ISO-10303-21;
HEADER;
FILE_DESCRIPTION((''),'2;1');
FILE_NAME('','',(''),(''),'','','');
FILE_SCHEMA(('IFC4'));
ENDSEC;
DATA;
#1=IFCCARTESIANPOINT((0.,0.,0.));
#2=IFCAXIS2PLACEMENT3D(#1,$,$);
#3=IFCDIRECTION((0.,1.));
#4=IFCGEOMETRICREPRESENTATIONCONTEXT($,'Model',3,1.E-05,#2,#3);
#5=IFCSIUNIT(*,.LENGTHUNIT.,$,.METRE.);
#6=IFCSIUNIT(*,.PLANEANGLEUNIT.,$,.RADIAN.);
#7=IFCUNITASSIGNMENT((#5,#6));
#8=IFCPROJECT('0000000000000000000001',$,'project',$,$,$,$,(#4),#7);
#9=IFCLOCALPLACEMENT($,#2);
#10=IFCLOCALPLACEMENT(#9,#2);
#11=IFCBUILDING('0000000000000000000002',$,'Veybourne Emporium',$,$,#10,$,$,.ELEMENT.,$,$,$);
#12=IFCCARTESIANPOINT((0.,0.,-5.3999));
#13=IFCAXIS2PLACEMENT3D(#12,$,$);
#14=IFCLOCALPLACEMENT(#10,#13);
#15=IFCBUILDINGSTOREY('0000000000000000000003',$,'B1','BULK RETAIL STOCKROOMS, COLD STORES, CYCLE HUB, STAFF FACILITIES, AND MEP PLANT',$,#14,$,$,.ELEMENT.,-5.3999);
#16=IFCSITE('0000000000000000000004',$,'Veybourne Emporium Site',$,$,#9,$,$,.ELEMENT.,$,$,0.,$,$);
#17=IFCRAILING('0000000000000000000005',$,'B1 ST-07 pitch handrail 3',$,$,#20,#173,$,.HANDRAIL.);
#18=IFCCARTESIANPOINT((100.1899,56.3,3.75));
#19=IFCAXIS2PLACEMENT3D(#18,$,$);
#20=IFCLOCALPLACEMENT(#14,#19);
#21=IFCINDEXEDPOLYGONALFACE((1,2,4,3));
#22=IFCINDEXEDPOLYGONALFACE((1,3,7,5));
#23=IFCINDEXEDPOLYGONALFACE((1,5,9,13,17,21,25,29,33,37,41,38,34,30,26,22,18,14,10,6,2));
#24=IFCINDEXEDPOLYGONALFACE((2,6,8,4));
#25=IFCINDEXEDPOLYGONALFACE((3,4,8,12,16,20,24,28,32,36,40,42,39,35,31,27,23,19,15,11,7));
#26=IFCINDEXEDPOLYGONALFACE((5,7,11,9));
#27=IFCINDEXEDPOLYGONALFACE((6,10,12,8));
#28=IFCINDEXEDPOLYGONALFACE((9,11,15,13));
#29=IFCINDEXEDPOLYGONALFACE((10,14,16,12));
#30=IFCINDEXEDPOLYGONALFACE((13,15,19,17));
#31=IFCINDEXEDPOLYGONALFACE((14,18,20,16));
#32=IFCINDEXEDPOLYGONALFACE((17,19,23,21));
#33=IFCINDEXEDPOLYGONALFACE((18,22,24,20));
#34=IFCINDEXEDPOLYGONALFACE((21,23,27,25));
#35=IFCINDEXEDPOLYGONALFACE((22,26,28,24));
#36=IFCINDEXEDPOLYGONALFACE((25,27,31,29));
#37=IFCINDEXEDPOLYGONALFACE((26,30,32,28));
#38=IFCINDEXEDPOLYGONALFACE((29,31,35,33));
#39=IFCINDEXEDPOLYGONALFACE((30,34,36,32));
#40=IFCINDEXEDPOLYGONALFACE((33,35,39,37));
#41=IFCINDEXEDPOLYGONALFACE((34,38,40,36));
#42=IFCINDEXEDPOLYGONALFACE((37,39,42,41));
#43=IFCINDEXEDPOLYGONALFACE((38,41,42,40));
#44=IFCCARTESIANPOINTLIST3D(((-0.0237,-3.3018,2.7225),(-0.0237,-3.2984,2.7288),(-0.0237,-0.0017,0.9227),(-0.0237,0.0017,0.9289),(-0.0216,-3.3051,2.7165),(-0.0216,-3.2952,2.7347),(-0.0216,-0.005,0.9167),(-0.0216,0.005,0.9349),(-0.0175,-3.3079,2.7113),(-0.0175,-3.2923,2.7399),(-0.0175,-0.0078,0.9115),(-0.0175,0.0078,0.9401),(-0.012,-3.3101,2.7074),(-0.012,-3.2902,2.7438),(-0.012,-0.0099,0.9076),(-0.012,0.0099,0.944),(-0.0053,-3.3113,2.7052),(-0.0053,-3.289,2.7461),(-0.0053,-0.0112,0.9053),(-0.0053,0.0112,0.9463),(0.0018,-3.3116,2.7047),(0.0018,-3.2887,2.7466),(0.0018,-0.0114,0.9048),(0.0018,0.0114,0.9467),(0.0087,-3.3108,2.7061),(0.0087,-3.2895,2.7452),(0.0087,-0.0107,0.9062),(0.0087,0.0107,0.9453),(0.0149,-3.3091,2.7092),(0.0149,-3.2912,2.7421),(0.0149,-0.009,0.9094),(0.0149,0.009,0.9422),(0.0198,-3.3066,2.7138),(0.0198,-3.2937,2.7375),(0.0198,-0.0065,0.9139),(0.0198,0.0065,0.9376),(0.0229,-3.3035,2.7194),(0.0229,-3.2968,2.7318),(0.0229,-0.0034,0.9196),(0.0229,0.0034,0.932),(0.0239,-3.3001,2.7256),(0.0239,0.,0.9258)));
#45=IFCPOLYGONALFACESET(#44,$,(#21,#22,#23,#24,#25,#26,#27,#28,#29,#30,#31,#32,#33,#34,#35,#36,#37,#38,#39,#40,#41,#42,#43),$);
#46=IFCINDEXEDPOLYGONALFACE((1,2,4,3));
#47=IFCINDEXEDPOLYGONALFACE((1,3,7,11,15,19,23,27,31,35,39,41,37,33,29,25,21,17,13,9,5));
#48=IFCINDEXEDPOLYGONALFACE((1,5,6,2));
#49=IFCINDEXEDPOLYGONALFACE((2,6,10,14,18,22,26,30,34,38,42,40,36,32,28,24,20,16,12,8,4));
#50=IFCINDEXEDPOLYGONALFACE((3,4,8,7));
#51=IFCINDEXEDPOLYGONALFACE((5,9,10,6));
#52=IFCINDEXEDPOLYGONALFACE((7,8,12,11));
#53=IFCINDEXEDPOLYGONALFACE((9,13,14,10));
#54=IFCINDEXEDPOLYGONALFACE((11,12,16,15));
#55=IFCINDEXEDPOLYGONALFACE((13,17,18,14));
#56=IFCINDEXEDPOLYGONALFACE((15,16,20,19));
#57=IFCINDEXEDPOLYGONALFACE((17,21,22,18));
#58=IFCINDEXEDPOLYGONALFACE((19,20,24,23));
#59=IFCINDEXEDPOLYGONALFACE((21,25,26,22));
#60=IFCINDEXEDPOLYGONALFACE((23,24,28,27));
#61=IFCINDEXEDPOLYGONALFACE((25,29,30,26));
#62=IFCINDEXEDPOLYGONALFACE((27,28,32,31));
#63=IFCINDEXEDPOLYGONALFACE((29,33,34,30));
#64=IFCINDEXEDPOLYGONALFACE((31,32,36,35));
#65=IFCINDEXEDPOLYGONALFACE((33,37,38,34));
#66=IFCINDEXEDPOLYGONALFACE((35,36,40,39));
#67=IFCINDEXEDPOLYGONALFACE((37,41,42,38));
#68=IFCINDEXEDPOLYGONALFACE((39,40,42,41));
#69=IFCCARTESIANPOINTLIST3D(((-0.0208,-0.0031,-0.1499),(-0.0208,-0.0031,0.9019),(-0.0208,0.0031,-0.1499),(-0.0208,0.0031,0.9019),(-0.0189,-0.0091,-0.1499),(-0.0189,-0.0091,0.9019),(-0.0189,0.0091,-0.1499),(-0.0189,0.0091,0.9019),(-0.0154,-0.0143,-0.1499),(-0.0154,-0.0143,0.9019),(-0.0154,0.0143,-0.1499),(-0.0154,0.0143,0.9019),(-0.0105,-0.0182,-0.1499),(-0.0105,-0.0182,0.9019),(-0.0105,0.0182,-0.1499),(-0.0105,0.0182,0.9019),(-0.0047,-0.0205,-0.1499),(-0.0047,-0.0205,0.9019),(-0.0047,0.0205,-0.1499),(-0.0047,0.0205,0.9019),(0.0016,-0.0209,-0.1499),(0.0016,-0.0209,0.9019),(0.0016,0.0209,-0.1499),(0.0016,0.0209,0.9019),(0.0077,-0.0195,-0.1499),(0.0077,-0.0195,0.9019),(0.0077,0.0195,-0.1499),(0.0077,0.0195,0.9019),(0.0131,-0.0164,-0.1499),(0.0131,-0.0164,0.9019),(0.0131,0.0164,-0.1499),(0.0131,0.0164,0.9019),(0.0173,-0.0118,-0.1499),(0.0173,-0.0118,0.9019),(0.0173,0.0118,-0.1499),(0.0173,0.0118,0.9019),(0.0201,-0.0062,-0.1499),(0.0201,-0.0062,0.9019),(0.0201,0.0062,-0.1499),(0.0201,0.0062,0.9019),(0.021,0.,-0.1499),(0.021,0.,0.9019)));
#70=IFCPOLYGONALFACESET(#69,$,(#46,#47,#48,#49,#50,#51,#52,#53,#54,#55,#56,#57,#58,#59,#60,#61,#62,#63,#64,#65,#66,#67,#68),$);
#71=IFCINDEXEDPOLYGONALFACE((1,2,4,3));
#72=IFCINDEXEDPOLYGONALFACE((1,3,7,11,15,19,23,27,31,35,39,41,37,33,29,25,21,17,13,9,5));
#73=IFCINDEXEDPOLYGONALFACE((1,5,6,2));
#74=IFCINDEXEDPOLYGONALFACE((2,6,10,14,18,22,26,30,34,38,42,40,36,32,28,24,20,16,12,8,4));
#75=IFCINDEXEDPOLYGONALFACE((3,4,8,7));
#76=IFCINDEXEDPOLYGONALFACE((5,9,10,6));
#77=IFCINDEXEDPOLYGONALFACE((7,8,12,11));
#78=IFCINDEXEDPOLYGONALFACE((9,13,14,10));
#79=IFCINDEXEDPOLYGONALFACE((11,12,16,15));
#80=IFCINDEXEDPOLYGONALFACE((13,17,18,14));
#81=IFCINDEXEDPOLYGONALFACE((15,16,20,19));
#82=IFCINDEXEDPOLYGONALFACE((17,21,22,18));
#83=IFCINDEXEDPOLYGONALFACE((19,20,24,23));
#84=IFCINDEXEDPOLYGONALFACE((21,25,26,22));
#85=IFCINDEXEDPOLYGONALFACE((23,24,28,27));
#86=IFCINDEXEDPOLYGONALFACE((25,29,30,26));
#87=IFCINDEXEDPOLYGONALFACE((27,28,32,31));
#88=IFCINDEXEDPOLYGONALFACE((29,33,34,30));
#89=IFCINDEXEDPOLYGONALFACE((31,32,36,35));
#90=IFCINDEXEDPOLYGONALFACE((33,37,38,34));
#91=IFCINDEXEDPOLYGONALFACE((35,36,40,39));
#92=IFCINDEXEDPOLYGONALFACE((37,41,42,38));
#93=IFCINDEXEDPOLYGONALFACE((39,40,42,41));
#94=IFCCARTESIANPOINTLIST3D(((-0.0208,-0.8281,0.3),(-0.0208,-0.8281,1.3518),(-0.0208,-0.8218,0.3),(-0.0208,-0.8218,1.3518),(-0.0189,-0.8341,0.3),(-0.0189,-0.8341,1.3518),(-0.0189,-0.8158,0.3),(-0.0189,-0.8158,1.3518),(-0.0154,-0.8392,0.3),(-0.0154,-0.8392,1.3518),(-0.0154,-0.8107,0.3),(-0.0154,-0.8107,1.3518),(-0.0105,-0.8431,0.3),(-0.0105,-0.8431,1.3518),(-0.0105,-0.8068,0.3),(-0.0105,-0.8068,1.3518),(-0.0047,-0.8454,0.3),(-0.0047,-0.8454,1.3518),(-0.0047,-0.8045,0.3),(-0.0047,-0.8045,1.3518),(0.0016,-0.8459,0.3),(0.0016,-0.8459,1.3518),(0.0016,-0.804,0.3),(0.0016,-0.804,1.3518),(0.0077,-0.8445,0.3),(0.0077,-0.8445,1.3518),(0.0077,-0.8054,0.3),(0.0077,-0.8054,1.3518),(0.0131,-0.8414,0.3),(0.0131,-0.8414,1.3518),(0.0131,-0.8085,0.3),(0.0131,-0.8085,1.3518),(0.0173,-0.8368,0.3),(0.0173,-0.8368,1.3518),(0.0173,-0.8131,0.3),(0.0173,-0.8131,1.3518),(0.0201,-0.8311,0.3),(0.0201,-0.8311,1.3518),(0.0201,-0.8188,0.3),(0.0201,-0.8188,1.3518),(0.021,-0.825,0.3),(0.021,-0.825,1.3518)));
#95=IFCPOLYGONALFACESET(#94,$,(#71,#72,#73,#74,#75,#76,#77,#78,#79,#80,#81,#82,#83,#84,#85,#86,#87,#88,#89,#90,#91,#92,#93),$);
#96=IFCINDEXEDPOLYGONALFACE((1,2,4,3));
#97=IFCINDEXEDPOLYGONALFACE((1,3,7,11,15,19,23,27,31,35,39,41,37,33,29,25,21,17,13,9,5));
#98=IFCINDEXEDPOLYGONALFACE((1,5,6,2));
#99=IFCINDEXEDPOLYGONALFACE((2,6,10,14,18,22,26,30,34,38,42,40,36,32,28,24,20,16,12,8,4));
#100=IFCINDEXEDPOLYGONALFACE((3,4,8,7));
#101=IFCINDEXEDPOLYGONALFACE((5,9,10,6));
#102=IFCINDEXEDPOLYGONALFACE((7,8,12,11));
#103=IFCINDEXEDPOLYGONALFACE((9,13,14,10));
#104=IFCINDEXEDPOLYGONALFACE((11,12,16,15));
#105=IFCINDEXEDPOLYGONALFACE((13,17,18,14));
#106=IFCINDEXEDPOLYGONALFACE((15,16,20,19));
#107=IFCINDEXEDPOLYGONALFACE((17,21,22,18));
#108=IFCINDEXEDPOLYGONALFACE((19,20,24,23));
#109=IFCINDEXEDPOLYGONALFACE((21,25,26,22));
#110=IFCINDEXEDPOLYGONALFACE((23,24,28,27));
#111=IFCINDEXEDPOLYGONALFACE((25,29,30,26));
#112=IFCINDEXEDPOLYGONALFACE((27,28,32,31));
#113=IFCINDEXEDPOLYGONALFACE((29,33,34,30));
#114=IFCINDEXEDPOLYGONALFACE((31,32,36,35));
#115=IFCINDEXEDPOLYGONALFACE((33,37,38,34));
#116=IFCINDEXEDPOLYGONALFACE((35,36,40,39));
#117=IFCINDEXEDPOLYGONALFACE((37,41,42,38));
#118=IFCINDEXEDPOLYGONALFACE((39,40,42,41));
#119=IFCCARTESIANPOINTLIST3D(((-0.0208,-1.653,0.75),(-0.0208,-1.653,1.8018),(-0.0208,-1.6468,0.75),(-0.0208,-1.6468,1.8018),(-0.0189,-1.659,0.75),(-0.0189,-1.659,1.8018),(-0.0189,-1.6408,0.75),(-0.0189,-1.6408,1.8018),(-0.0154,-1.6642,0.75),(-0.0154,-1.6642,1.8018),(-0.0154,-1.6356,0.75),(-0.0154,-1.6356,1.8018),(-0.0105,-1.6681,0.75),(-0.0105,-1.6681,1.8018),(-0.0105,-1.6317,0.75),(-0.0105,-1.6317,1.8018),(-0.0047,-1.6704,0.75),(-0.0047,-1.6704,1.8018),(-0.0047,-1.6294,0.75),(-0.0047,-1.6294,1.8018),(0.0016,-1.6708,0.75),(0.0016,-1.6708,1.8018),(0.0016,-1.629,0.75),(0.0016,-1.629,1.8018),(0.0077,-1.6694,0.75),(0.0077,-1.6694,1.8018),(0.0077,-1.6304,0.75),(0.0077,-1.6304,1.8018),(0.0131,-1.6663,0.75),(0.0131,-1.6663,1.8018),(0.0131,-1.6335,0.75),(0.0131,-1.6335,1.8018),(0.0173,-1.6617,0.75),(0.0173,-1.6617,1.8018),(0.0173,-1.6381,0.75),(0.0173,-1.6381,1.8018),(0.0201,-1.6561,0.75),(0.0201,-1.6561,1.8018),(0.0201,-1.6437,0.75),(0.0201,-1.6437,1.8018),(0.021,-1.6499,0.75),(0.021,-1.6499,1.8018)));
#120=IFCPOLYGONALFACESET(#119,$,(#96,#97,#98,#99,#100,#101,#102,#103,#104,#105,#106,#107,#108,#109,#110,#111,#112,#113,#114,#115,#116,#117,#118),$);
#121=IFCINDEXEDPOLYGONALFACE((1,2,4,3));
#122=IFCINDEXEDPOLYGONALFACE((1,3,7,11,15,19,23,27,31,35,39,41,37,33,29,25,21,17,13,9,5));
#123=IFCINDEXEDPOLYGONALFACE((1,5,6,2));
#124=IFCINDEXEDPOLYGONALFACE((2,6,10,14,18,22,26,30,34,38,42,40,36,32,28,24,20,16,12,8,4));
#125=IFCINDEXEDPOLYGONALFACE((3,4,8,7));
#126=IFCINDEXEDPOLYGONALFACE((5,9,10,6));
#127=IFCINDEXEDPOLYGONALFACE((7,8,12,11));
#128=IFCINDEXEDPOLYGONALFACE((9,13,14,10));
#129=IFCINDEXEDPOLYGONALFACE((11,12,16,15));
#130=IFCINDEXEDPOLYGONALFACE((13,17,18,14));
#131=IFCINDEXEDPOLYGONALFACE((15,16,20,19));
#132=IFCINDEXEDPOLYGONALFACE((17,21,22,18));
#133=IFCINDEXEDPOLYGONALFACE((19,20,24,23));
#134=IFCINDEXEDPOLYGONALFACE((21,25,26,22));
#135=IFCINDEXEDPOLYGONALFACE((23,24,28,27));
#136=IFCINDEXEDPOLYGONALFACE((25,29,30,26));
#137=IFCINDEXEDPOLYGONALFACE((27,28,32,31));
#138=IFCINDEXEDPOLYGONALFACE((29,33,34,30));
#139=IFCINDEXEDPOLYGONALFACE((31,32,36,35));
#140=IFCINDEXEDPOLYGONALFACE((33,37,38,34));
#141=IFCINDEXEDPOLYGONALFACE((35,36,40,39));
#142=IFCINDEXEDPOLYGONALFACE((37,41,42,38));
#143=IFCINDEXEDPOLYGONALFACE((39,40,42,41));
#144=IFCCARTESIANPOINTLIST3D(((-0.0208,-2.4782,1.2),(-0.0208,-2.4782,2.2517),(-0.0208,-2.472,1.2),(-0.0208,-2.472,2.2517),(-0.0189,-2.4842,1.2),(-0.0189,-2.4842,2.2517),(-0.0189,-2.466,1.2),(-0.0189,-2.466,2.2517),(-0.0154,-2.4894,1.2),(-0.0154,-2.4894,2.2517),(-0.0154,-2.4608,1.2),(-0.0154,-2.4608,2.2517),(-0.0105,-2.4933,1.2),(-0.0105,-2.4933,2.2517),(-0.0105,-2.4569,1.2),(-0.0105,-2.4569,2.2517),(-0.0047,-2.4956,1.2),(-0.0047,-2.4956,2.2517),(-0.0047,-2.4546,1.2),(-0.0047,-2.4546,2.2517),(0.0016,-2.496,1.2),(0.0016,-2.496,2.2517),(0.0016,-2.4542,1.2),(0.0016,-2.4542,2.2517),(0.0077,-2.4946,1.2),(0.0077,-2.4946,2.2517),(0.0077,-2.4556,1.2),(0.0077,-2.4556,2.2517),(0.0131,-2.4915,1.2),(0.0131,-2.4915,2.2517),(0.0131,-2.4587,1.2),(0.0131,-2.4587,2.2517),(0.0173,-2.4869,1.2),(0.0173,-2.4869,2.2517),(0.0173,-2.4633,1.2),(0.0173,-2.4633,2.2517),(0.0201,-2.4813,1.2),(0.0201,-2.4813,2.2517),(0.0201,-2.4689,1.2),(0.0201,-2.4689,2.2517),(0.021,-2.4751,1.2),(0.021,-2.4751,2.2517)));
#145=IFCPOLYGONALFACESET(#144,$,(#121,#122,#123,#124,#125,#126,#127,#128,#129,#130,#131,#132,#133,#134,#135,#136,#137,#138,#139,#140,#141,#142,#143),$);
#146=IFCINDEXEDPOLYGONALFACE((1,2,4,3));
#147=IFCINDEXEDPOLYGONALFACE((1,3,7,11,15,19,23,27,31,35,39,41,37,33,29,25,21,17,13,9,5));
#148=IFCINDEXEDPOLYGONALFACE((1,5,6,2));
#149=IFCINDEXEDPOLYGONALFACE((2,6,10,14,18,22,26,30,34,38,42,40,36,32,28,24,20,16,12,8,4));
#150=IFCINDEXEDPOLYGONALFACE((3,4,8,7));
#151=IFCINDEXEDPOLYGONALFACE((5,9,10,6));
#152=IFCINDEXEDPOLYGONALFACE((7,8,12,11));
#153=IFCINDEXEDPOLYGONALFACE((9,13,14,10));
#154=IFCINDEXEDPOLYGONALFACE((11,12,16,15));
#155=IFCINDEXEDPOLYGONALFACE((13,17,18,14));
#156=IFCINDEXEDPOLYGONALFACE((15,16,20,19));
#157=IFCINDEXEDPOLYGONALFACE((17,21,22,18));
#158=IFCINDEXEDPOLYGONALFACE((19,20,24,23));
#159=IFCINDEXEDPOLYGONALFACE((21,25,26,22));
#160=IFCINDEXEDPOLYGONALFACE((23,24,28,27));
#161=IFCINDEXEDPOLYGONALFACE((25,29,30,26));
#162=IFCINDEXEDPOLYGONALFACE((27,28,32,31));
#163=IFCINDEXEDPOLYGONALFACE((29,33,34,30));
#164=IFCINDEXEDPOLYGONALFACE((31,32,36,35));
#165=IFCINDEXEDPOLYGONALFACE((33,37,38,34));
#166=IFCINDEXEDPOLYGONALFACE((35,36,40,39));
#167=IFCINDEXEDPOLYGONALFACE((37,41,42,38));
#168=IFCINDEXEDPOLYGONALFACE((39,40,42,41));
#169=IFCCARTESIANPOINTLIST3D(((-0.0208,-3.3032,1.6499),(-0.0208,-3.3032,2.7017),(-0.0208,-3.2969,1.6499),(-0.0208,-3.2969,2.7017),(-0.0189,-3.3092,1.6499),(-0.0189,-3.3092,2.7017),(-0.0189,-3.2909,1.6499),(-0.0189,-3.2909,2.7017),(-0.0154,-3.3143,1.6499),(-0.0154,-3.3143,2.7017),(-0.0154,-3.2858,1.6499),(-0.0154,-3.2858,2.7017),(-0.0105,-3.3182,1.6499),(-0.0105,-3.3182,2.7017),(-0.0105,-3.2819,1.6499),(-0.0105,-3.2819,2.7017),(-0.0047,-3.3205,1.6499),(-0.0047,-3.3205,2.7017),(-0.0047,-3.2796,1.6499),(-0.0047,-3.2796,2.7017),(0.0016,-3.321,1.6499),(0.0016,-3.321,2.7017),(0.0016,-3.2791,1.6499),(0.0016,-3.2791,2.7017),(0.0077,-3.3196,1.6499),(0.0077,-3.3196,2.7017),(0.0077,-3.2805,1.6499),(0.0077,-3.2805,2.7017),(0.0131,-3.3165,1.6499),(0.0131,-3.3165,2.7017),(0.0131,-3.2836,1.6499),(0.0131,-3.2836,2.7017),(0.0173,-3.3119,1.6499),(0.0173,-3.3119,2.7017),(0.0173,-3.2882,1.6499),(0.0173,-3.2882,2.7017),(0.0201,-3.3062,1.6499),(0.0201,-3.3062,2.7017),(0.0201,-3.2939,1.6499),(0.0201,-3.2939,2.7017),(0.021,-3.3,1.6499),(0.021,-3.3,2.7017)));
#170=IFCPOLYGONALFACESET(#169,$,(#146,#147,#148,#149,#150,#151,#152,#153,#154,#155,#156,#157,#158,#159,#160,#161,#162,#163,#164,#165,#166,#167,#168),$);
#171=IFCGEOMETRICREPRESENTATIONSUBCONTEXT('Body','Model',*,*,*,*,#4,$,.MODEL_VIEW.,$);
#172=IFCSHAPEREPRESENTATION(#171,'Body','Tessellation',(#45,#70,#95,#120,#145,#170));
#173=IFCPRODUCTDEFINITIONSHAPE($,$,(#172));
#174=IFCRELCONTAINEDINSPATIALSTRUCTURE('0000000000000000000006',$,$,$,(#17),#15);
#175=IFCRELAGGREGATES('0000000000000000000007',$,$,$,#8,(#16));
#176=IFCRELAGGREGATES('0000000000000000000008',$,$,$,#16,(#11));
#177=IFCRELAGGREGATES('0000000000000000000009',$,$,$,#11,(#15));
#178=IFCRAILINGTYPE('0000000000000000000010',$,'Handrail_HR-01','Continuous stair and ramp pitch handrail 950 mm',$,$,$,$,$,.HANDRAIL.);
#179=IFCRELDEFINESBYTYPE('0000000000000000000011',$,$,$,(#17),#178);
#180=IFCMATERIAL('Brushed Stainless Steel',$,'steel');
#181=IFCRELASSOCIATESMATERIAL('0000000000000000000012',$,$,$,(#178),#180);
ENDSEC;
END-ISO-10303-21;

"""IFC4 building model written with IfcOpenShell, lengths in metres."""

from ifc_helpers import new_model, si_unit, direction, frame, origin, origin_2d, place, context, subcontext, project, spatial, circle, extrude, material, type_object, element, save


model = new_model("IFC4")

# Units and contexts
model_context = context("Model", 3, precision=1e-05, world=origin(), true_north=direction((0.0, 1.0)))
body_context = subcontext(model_context, "Body", "Model", "MODEL_VIEW")
ifc_project = project(units=[si_unit("LENGTHUNIT", "METRE"), si_unit("PLANEANGLEUNIT", "RADIAN")], contexts=[model_context])

# Site, building, storey
site_placement = place(None, origin())
site = spatial("IfcSite", under=ifc_project, at=site_placement, Name="Veybourne Emporium Site", CompositionType="ELEMENT", RefElevation=0.0)
building_placement = place(site_placement, origin())
building = spatial("IfcBuilding", under=site, at=building_placement, Name="Veybourne Emporium", CompositionType="ELEMENT")
storey_placement = place(building_placement, frame((0.0, 0.0, -5.3999)))
storey = spatial("IfcBuildingStorey", under=building, at=storey_placement, Name="B1", Description="BULK RETAIL STOCKROOMS, COLD STORES, CYCLE HUB, STAFF FACILITIES, AND MEP PLANT", CompositionType="ELEMENT", Elevation=-5.3999)

# Railing
ifc_material_1 = material(Name="Brushed Stainless Steel", Category="steel")
railing_type_1 = type_object("IfcRailingType", Name="Handrail_HR-01", Description="Continuous stair and ramp pitch handrail 950 mm", PredefinedType="HANDRAIL", material=ifc_material_1)
railing_1_placement = place(storey_placement, frame((100.1899, 56.3, 3.75)))
element("IfcRailing", 1, at=railing_1_placement, inside=storey, type_object=railing_type_1, Name="B1 ST-07 pitch handrail 3", PredefinedType="HANDRAIL", context=body_context, shape_type="SweptSolid", body=[
    extrude(circle(Radius=0.0239, at=origin_2d()), frame((0.0, 0.0, 0.9258), z_axis=(0.0, -0.87792, 0.478807), x_axis=(1.0, 0.0, 0.0)), (0.0, 0.0, 1.0), 3.759),
    extrude(circle(Radius=0.021, at=origin_2d()), frame((0.0, 0.0, -0.1499)), (0.0, 0.0, 1.0), 1.0518),
    extrude(circle(Radius=0.021, at=origin_2d()), frame((0.0, -0.825, 0.3)), (0.0, 0.0, 1.0), 1.0518),
    extrude(circle(Radius=0.021, at=origin_2d()), frame((0.0, -1.6499, 0.75)), (0.0, 0.0, 1.0), 1.0518),
    extrude(circle(Radius=0.021, at=origin_2d()), frame((0.0, -2.4751, 1.2)), (0.0, 0.0, 1.0), 1.0518),
    extrude(circle(Radius=0.021, at=origin_2d()), frame((0.0, -3.3, 1.6499)), (0.0, 0.0, 1.0), 1.0518),
])

save(model, "model.ifc")
